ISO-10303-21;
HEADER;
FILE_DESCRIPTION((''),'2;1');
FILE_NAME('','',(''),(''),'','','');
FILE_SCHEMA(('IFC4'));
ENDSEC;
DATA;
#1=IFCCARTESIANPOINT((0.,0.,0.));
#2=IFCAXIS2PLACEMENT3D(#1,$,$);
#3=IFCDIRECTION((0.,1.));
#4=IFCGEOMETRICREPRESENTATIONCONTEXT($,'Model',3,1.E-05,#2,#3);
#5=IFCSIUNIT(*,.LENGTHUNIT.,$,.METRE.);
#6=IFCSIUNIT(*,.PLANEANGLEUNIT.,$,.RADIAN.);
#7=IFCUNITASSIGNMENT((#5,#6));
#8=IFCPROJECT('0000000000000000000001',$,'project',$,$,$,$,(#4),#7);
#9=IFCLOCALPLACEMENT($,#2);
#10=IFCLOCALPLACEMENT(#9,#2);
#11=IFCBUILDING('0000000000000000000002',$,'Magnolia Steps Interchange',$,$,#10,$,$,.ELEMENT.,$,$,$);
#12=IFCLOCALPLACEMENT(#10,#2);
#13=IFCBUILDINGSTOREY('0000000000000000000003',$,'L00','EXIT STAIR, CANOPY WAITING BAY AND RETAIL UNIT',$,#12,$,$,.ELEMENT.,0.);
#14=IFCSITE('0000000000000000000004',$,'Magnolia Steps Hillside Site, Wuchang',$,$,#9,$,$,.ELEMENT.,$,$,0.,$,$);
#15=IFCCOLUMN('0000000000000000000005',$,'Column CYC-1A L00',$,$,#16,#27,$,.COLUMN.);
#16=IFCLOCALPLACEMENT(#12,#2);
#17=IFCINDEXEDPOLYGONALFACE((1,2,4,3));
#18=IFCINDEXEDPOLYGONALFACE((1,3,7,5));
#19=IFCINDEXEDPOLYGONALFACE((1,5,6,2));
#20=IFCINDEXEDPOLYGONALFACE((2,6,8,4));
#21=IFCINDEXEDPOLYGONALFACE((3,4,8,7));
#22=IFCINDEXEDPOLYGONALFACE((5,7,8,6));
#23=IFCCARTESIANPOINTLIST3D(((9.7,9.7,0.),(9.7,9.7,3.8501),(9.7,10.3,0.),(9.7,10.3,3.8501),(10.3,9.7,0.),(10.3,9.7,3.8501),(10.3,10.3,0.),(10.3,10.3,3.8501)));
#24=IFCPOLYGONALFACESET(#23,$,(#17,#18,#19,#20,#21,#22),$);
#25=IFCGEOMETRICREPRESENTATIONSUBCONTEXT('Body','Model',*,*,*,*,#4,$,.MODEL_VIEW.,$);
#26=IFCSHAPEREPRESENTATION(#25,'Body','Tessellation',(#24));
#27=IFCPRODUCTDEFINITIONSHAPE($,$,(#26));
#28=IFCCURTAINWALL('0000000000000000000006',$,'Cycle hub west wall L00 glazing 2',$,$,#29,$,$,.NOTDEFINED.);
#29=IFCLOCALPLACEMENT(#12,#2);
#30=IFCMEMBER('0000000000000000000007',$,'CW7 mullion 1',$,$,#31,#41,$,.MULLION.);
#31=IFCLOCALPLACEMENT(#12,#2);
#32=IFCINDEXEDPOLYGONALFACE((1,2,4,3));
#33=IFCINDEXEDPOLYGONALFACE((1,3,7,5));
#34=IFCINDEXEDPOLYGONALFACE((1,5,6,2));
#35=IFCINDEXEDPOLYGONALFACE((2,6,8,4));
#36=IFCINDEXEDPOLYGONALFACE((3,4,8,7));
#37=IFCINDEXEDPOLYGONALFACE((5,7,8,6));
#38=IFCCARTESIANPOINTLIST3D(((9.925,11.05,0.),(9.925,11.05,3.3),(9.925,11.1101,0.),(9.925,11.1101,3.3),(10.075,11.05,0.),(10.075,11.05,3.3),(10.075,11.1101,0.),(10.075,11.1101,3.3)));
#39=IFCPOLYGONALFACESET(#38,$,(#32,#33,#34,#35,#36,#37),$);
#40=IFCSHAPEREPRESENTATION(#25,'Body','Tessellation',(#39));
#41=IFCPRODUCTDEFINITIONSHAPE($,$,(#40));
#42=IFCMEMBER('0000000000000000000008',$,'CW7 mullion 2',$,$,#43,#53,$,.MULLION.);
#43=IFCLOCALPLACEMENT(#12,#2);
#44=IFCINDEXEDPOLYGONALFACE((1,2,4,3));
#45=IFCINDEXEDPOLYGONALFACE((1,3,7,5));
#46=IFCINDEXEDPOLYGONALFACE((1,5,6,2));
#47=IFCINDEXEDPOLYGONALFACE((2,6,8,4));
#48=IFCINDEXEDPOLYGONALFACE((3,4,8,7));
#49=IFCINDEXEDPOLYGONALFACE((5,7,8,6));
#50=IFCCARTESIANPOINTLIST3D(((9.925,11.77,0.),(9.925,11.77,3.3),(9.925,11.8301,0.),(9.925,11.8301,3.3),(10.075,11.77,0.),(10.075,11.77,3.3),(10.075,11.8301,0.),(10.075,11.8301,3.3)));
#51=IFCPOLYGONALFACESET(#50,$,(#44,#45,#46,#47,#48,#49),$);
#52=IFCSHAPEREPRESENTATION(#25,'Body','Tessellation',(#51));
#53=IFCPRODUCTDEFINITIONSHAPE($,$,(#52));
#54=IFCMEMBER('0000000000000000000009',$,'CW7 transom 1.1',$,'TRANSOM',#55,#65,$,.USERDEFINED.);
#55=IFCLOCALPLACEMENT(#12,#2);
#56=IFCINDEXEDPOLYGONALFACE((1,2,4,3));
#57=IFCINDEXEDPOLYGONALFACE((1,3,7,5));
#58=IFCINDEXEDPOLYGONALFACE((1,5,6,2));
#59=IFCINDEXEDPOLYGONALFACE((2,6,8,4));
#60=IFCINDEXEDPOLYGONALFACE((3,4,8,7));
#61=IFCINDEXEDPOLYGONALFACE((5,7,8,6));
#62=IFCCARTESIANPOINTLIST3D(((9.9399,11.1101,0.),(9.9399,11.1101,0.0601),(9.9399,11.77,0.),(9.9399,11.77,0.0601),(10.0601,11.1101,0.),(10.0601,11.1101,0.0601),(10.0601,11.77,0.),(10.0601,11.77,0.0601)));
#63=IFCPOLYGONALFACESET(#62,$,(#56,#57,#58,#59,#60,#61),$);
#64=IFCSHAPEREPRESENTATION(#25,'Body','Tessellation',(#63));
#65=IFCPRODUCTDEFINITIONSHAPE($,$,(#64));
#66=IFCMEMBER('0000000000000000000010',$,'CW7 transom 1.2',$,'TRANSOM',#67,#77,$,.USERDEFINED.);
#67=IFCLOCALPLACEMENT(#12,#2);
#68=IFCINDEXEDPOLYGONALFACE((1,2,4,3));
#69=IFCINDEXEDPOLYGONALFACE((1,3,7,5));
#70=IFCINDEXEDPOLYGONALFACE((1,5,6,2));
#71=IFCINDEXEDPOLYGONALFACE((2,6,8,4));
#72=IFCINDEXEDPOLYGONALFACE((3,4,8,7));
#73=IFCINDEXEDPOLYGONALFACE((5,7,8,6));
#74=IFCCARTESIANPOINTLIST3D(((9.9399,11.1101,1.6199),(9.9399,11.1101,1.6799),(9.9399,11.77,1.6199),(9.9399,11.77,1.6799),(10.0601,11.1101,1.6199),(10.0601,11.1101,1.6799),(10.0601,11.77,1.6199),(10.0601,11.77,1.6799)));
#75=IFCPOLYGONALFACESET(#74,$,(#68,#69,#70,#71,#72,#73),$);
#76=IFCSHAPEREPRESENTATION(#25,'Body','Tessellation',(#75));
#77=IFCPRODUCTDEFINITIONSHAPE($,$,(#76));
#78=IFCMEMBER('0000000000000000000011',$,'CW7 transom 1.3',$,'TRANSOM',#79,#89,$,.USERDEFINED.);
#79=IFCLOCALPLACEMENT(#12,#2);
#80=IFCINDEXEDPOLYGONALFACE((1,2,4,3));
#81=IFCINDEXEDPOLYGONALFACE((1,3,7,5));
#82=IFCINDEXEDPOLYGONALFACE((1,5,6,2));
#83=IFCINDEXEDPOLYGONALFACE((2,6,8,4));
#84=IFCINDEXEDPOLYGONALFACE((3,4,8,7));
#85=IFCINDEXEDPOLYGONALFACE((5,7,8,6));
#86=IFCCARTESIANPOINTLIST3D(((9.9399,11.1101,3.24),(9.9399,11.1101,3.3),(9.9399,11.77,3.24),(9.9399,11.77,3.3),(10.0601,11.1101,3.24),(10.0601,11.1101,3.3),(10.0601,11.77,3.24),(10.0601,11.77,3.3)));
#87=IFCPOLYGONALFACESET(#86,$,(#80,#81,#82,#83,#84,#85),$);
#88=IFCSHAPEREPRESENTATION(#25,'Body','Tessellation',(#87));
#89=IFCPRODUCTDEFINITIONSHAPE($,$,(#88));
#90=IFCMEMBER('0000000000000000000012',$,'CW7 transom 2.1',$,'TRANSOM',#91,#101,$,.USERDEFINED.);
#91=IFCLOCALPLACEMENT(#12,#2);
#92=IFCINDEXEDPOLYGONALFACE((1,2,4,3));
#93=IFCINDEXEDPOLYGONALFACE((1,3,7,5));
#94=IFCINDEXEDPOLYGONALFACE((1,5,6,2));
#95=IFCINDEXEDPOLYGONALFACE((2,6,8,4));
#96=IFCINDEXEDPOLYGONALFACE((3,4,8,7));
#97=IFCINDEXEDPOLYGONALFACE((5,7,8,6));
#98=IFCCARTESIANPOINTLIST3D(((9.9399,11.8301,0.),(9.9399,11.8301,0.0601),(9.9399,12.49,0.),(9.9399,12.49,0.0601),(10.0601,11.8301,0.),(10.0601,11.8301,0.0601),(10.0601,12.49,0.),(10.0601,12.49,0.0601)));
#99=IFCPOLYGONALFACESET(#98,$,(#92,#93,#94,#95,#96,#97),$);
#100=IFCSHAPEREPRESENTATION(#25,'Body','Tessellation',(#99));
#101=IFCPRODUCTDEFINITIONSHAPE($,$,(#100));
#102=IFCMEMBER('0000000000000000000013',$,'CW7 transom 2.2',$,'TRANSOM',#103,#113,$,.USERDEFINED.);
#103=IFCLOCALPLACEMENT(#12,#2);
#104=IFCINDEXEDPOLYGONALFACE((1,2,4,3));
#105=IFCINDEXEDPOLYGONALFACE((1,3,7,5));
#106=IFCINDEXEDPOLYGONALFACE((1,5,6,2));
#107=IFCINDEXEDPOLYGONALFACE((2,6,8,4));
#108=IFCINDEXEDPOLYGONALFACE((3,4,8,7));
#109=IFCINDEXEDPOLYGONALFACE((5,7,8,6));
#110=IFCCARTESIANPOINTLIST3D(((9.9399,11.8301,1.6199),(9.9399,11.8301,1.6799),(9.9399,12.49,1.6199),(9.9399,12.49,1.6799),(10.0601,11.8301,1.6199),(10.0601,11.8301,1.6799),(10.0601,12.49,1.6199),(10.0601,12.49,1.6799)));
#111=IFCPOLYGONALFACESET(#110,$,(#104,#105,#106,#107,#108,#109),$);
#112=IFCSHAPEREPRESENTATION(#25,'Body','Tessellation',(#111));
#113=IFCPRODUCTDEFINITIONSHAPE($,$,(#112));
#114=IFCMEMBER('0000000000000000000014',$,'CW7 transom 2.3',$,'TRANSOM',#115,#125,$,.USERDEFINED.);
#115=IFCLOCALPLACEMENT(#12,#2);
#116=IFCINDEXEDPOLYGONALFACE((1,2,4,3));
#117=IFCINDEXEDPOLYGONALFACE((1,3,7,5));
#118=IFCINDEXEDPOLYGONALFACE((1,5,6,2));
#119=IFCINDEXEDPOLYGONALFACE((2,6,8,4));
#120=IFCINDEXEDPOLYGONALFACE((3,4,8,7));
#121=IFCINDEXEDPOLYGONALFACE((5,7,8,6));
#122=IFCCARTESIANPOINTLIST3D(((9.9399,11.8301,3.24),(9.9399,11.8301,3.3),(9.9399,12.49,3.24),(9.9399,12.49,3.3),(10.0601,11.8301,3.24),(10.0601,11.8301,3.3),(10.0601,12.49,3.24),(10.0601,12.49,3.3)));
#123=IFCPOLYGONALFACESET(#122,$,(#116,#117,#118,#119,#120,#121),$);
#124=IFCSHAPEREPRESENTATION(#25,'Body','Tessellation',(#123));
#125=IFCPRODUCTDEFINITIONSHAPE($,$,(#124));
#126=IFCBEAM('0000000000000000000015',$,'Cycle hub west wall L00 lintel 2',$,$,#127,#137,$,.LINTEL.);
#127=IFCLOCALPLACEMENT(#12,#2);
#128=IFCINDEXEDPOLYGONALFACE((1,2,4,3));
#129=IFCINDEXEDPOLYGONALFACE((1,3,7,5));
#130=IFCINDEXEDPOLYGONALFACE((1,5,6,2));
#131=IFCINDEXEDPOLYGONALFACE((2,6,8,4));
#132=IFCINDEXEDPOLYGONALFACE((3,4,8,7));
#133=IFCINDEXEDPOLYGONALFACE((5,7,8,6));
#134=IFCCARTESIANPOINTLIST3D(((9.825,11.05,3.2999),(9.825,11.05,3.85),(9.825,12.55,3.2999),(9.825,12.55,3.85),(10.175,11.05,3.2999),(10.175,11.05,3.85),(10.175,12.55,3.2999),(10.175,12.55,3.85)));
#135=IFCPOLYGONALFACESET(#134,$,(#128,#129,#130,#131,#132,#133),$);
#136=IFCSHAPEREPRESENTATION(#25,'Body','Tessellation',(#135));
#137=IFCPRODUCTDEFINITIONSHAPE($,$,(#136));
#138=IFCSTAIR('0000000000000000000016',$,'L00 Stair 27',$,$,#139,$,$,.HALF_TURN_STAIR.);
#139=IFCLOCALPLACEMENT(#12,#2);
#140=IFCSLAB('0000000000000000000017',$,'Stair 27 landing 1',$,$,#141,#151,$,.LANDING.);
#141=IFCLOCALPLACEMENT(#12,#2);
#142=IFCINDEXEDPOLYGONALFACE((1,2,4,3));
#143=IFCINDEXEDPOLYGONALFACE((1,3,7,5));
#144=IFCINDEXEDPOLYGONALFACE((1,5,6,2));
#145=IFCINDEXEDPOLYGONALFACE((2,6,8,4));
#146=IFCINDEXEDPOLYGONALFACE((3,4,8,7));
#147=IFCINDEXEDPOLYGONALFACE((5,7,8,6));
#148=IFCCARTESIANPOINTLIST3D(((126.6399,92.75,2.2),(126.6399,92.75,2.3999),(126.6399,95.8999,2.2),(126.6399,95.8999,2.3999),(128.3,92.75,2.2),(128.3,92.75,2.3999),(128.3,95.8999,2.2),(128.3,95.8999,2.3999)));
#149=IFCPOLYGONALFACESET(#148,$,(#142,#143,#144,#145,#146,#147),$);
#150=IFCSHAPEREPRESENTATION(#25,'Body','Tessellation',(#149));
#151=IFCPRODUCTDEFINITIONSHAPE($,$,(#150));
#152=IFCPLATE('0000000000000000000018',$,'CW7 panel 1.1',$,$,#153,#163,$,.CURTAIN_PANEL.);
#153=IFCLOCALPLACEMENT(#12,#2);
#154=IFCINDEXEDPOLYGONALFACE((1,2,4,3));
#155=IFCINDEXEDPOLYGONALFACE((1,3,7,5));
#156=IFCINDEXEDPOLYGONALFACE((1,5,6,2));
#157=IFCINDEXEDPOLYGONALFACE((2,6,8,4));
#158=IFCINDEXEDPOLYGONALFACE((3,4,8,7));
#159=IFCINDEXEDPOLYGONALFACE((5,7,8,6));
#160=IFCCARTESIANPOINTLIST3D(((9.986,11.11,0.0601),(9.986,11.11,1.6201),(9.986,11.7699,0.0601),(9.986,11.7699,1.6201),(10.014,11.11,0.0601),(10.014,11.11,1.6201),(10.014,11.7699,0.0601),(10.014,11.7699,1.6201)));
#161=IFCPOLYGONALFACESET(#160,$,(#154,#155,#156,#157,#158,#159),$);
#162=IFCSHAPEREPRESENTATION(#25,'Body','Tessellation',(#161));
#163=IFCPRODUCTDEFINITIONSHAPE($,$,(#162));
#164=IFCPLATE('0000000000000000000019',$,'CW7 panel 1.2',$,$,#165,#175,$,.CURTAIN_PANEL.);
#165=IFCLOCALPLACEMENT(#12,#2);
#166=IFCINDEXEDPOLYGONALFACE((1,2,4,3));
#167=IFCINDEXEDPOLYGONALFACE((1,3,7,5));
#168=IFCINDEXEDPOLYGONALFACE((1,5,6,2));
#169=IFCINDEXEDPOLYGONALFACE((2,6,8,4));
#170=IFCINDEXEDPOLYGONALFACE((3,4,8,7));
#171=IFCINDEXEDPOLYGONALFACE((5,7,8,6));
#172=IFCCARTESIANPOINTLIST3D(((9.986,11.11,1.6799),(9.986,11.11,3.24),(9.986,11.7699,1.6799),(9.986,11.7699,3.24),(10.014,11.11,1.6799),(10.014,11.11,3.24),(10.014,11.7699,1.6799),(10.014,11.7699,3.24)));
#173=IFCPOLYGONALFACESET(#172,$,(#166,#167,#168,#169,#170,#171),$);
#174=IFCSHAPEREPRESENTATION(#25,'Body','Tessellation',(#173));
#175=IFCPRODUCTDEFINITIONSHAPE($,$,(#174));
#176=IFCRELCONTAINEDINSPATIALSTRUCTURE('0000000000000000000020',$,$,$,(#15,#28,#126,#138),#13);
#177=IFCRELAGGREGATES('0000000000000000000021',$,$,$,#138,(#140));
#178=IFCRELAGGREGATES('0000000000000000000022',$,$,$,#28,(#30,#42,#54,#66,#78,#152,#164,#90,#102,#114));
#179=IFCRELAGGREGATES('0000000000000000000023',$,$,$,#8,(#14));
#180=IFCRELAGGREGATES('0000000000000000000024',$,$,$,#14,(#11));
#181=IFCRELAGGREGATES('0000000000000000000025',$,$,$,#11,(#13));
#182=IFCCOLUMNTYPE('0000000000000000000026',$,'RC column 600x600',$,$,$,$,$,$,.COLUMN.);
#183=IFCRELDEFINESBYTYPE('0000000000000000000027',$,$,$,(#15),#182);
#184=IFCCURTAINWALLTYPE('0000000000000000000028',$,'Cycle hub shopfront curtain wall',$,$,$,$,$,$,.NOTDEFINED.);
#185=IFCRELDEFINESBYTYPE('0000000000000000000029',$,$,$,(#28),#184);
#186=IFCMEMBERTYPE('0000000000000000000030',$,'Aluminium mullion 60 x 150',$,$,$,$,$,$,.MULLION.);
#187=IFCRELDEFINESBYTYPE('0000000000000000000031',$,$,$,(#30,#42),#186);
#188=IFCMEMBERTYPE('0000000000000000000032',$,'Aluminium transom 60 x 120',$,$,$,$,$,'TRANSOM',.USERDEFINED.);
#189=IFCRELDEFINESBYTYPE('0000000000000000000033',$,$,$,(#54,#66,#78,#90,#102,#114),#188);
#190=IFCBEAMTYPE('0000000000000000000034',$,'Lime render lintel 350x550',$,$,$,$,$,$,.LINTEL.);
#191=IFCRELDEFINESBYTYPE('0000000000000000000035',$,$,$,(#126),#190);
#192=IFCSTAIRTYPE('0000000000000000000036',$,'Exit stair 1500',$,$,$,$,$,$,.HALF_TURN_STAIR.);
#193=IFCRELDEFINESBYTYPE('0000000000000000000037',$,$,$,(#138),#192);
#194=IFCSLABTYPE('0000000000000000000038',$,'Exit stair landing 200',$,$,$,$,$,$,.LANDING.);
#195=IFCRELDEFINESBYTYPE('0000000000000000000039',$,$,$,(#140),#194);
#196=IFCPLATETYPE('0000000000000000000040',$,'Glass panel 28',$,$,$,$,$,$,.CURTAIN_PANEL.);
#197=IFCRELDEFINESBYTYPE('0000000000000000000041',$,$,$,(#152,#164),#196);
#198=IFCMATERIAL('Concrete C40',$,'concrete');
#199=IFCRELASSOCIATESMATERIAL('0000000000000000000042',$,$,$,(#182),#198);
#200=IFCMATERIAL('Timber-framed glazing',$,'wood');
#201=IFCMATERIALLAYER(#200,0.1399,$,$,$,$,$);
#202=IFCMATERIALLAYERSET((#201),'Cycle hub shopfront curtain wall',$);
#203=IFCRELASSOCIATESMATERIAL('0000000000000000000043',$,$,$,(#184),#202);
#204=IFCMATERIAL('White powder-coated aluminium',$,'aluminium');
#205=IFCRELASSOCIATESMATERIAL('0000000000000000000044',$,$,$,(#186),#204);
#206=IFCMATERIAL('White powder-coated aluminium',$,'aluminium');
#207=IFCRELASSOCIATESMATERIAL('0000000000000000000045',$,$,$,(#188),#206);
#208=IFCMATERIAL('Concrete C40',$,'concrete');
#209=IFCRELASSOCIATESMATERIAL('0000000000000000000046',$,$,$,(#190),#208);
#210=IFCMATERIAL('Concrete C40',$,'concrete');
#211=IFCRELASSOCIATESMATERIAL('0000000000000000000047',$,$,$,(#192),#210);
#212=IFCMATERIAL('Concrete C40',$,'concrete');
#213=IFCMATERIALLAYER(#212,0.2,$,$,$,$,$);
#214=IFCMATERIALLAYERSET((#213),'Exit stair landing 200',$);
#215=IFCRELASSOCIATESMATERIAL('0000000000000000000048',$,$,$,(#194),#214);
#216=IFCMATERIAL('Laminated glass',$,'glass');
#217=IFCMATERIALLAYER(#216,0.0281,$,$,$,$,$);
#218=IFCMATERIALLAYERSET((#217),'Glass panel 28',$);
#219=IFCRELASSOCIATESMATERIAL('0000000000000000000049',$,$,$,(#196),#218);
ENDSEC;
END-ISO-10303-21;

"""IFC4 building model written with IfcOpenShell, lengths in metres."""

from ifc_helpers import new_model, si_unit, direction, frame, origin, origin_2d, place, context, subcontext, project, spatial, polyline, rectangle, outline, extrude, material, layer, layer_set, material_profile, profile_set, type_object, element, aggregate, save


model = new_model("IFC4")

# Units and contexts
model_context = context("Model", 3, precision=1e-05, world=origin(), true_north=direction((0.0, 1.0)))
body_context = subcontext(model_context, "Body", "Model", "MODEL_VIEW")
ifc_project = project(units=[si_unit("LENGTHUNIT", "METRE"), si_unit("PLANEANGLEUNIT", "RADIAN")], contexts=[model_context])

# Site, building, storey
site_placement = place(None, origin())
site = spatial("IfcSite", under=ifc_project, at=site_placement, Name="Magnolia Steps Hillside Site, Wuchang", CompositionType="ELEMENT", RefElevation=0.0)
building_placement = place(site_placement, origin())
building = spatial("IfcBuilding", under=site, at=building_placement, Name="Magnolia Steps Interchange", CompositionType="ELEMENT")
storey_placement = place(building_placement, origin())
storey = spatial("IfcBuildingStorey", under=building, at=storey_placement, Name="L00", Description="EXIT STAIR, CANOPY WAITING BAY AND RETAIL UNIT", CompositionType="ELEMENT", Elevation=0.0)

# Column
ifc_material_1 = material(Name="Concrete C40", Category="concrete")
ifc_material_profile_1 = material_profile(ifc_material_1, rectangle(XDim=0.6001, YDim=0.6001, at=origin_2d()), Name="RC600x600")
ifc_profile_set_1 = profile_set([ifc_material_profile_1], Name="Concrete C40")
column_type = type_object("IfcColumnType", Name="RC column 600x600", PredefinedType="COLUMN", material=ifc_profile_set_1)
column_placement = place(storey_placement, frame((10.0, 10.0, 0.0), z_axis=(0.0, 0.0, 1.0), x_axis=(1.0, 0.0, 0.0)))
element("IfcColumn", 1, at=column_placement, inside=storey, type_object=column_type, Name="Column CYC-1A L00", PredefinedType="COLUMN", context=body_context, shape_type="SweptSolid", body=[
    extrude(rectangle(XDim=0.6001, YDim=0.6001, at=origin_2d()), origin(), (0.0, 0.0, 1.0), 3.8501),
])

# Curtain wall, members
ifc_material_2 = material(Name="Timber-framed glazing", Category="wood")
ifc_layer_1 = layer(ifc_material_2, 0.1399)
ifc_layer_set_1 = layer_set([ifc_layer_1], Name="Cycle hub shopfront curtain wall")
curtain_wall_type = type_object("IfcCurtainWallType", Name="Cycle hub shopfront curtain wall", PredefinedType="NOTDEFINED", material=ifc_layer_set_1)
curtain_wall_placement = place(storey_placement, origin())
curtain_wall = element("IfcCurtainWall", 2, at=curtain_wall_placement, inside=storey, type_object=curtain_wall_type, Name="Cycle hub west wall L00 glazing 2", PredefinedType="NOTDEFINED")
ifc_material_3 = material(Name="White powder-coated aluminium", Category="aluminium")
ifc_material_profile_2 = material_profile(ifc_material_3, rectangle(XDim=0.0601, YDim=0.1499, at=origin_2d()), Name="Aluminium mullion 60 x 150")
ifc_profile_set_2 = profile_set([ifc_material_profile_2], Name="White powder-coated aluminium")
member_type_1 = type_object("IfcMemberType", Name="Aluminium mullion 60 x 150", PredefinedType="MULLION", material=ifc_profile_set_2)
member_1_placement = place(storey_placement, frame((10.0, 11.0801, 0.0), z_axis=(0.0, 0.0, 1.0), x_axis=(0.0, 1.0, 0.0)))
member_1 = element("IfcMember", 3, at=member_1_placement, type_object=member_type_1, Name="CW7 mullion 1", PredefinedType="MULLION", context=body_context, shape_type="SweptSolid", body=[
    extrude(rectangle(XDim=0.0601, YDim=0.1499, at=origin_2d()), origin(), (0.0, 0.0, 1.0), 3.3),
])
member_2_placement = place(storey_placement, frame((10.0, 11.8, 0.0), z_axis=(0.0, 0.0, 1.0), x_axis=(0.0, 1.0, 0.0)))
member_2 = element("IfcMember", 4, at=member_2_placement, type_object=member_type_1, Name="CW7 mullion 2", PredefinedType="MULLION", context=body_context, shape_type="SweptSolid", body=[
    extrude(rectangle(XDim=0.0601, YDim=0.1499, at=origin_2d()), origin(), (0.0, 0.0, 1.0), 3.3),
])
ifc_material_4 = material(Name="White powder-coated aluminium", Category="aluminium")
ifc_material_profile_3 = material_profile(ifc_material_4, rectangle(XDim=0.0601, YDim=0.1201, at=origin_2d()), Name="Aluminium transom 60 x 120")
ifc_profile_set_3 = profile_set([ifc_material_profile_3], Name="White powder-coated aluminium")
member_type_2 = type_object("IfcMemberType", Name="Aluminium transom 60 x 120", ElementType="TRANSOM", PredefinedType="USERDEFINED", material=ifc_profile_set_3)
member_3_placement = place(storey_placement, frame((10.0, 11.1101, 0.03), z_axis=(0.0, 1.0, 0.0), x_axis=(0.0, 0.0, 1.0)))
member_3 = element("IfcMember", 5, at=member_3_placement, type_object=member_type_2, Name="CW7 transom 1.1", ObjectType="TRANSOM", PredefinedType="USERDEFINED", context=body_context, shape_type="SweptSolid", body=[
    extrude(rectangle(XDim=0.0601, YDim=0.1201, at=origin_2d()), origin(), (0.0, 0.0, 1.0), 0.6599),
])
member_4_placement = place(storey_placement, frame((10.0, 11.1101, 1.6499), z_axis=(0.0, 1.0, 0.0), x_axis=(0.0, 0.0, 1.0)))
member_4 = element("IfcMember", 6, at=member_4_placement, type_object=member_type_2, Name="CW7 transom 1.2", ObjectType="TRANSOM", PredefinedType="USERDEFINED", context=body_context, shape_type="SweptSolid", body=[
    extrude(rectangle(XDim=0.0601, YDim=0.1201, at=origin_2d()), origin(), (0.0, 0.0, 1.0), 0.6599),
])
member_5_placement = place(storey_placement, frame((10.0, 11.1101, 3.27), z_axis=(0.0, 1.0, 0.0), x_axis=(0.0, 0.0, 1.0)))
member_5 = element("IfcMember", 7, at=member_5_placement, type_object=member_type_2, Name="CW7 transom 1.3", ObjectType="TRANSOM", PredefinedType="USERDEFINED", context=body_context, shape_type="SweptSolid", body=[
    extrude(rectangle(XDim=0.0601, YDim=0.1201, at=origin_2d()), origin(), (0.0, 0.0, 1.0), 0.6599),
])
member_6_placement = place(storey_placement, frame((10.0, 11.8301, 0.03), z_axis=(0.0, 1.0, 0.0), x_axis=(0.0, 0.0, 1.0)))
member_6 = element("IfcMember", 8, at=member_6_placement, type_object=member_type_2, Name="CW7 transom 2.1", ObjectType="TRANSOM", PredefinedType="USERDEFINED", context=body_context, shape_type="SweptSolid", body=[
    extrude(rectangle(XDim=0.0601, YDim=0.1201, at=origin_2d()), origin(), (0.0, 0.0, 1.0), 0.6599),
])
member_7_placement = place(storey_placement, frame((10.0, 11.8301, 1.6499), z_axis=(0.0, 1.0, 0.0), x_axis=(0.0, 0.0, 1.0)))
member_7 = element("IfcMember", 9, at=member_7_placement, type_object=member_type_2, Name="CW7 transom 2.2", ObjectType="TRANSOM", PredefinedType="USERDEFINED", context=body_context, shape_type="SweptSolid", body=[
    extrude(rectangle(XDim=0.0601, YDim=0.1201, at=origin_2d()), origin(), (0.0, 0.0, 1.0), 0.6599),
])
member_8_placement = place(storey_placement, frame((10.0, 11.8301, 3.27), z_axis=(0.0, 1.0, 0.0), x_axis=(0.0, 0.0, 1.0)))
member_8 = element("IfcMember", 10, at=member_8_placement, type_object=member_type_2, Name="CW7 transom 2.3", ObjectType="TRANSOM", PredefinedType="USERDEFINED", context=body_context, shape_type="SweptSolid", body=[
    extrude(rectangle(XDim=0.0601, YDim=0.1201, at=origin_2d()), origin(), (0.0, 0.0, 1.0), 0.6599),
])

# Beam
ifc_material_5 = material(Name="Concrete C40", Category="concrete")
ifc_material_profile_4 = material_profile(ifc_material_5, rectangle(XDim=0.3501, YDim=0.55, at=origin_2d()), Name="RC350x550")
ifc_profile_set_4 = profile_set([ifc_material_profile_4], Name="Concrete C40")
beam_type = type_object("IfcBeamType", Name="Lime render lintel 350x550", PredefinedType="LINTEL", material=ifc_profile_set_4)
beam_placement = place(storey_placement, frame((10.0, 11.05, 3.575), z_axis=(0.0, 1.0, 0.0), x_axis=(-1.0, 0.0, 0.0)))
element("IfcBeam", 11, at=beam_placement, inside=storey, type_object=beam_type, Name="Cycle hub west wall L00 lintel 2", PredefinedType="LINTEL", context=body_context, shape_type="SweptSolid", body=[
    extrude(rectangle(XDim=0.3501, YDim=0.55, at=origin_2d()), origin(), (0.0, 0.0, 1.0), 1.5),
])

# Stair, slab
ifc_material_6 = material(Name="Concrete C40", Category="concrete")
stair_type = type_object("IfcStairType", Name="Exit stair 1500", PredefinedType="HALF_TURN_STAIR", material=ifc_material_6)
stair_placement = place(storey_placement, origin())
stair = element("IfcStair", 12, at=stair_placement, inside=storey, type_object=stair_type, Name="L00 Stair 27", PredefinedType="HALF_TURN_STAIR")
ifc_material_7 = material(Name="Concrete C40", Category="concrete")
ifc_layer_2 = layer(ifc_material_7, 0.2)
ifc_layer_set_2 = layer_set([ifc_layer_2], Name="Exit stair landing 200")
slab_type = type_object("IfcSlabType", Name="Exit stair landing 200", PredefinedType="LANDING", material=ifc_layer_set_2)
slab_placement = place(storey_placement, frame((0.0, 0.0, 2.2)))
slab = element("IfcSlab", 13, at=slab_placement, type_object=slab_type, Name="Stair 27 landing 1", PredefinedType="LANDING", context=body_context, shape_type="SweptSolid", body=[
    extrude(outline(polyline([(126.6399, 92.75), (128.3, 92.75), (128.3, 95.8999), (126.6399, 95.8999), (126.6399, 92.75)])), origin(), (0.0, 0.0, 1.0), 0.2),
])
aggregate(stair, [slab])

# Plates
ifc_material_8 = material(Name="Laminated glass", Category="glass")
ifc_layer_3 = layer(ifc_material_8, 0.0281)
ifc_layer_set_3 = layer_set([ifc_layer_3], Name="Glass panel 28")
plate_type = type_object("IfcPlateType", Name="Glass panel 28", PredefinedType="CURTAIN_PANEL", material=ifc_layer_set_3)
plate_1_placement = place(storey_placement, frame((10.0, 11.4399, 0.0601), z_axis=(0.0, 0.0, 1.0), x_axis=(0.0, 1.0, 0.0)))
plate_1 = element("IfcPlate", 14, at=plate_1_placement, type_object=plate_type, Name="CW7 panel 1.1", PredefinedType="CURTAIN_PANEL", context=body_context, shape_type="SweptSolid", body=[
    extrude(rectangle(XDim=0.6599, YDim=0.0281, at=origin_2d()), origin(), (0.0, 0.0, 1.0), 1.5601),
])
plate_2_placement = place(storey_placement, frame((10.0, 11.4399, 1.6799), z_axis=(0.0, 0.0, 1.0), x_axis=(0.0, 1.0, 0.0)))
plate_2 = element("IfcPlate", 15, at=plate_2_placement, type_object=plate_type, Name="CW7 panel 1.2", PredefinedType="CURTAIN_PANEL", context=body_context, shape_type="SweptSolid", body=[
    extrude(rectangle(XDim=0.6599, YDim=0.0281, at=origin_2d()), origin(), (0.0, 0.0, 1.0), 1.5601),
])
aggregate(curtain_wall, [member_1, member_2, member_3, member_4, member_5, plate_1, plate_2, member_6, member_7, member_8])

save(model, "model.ifc")
